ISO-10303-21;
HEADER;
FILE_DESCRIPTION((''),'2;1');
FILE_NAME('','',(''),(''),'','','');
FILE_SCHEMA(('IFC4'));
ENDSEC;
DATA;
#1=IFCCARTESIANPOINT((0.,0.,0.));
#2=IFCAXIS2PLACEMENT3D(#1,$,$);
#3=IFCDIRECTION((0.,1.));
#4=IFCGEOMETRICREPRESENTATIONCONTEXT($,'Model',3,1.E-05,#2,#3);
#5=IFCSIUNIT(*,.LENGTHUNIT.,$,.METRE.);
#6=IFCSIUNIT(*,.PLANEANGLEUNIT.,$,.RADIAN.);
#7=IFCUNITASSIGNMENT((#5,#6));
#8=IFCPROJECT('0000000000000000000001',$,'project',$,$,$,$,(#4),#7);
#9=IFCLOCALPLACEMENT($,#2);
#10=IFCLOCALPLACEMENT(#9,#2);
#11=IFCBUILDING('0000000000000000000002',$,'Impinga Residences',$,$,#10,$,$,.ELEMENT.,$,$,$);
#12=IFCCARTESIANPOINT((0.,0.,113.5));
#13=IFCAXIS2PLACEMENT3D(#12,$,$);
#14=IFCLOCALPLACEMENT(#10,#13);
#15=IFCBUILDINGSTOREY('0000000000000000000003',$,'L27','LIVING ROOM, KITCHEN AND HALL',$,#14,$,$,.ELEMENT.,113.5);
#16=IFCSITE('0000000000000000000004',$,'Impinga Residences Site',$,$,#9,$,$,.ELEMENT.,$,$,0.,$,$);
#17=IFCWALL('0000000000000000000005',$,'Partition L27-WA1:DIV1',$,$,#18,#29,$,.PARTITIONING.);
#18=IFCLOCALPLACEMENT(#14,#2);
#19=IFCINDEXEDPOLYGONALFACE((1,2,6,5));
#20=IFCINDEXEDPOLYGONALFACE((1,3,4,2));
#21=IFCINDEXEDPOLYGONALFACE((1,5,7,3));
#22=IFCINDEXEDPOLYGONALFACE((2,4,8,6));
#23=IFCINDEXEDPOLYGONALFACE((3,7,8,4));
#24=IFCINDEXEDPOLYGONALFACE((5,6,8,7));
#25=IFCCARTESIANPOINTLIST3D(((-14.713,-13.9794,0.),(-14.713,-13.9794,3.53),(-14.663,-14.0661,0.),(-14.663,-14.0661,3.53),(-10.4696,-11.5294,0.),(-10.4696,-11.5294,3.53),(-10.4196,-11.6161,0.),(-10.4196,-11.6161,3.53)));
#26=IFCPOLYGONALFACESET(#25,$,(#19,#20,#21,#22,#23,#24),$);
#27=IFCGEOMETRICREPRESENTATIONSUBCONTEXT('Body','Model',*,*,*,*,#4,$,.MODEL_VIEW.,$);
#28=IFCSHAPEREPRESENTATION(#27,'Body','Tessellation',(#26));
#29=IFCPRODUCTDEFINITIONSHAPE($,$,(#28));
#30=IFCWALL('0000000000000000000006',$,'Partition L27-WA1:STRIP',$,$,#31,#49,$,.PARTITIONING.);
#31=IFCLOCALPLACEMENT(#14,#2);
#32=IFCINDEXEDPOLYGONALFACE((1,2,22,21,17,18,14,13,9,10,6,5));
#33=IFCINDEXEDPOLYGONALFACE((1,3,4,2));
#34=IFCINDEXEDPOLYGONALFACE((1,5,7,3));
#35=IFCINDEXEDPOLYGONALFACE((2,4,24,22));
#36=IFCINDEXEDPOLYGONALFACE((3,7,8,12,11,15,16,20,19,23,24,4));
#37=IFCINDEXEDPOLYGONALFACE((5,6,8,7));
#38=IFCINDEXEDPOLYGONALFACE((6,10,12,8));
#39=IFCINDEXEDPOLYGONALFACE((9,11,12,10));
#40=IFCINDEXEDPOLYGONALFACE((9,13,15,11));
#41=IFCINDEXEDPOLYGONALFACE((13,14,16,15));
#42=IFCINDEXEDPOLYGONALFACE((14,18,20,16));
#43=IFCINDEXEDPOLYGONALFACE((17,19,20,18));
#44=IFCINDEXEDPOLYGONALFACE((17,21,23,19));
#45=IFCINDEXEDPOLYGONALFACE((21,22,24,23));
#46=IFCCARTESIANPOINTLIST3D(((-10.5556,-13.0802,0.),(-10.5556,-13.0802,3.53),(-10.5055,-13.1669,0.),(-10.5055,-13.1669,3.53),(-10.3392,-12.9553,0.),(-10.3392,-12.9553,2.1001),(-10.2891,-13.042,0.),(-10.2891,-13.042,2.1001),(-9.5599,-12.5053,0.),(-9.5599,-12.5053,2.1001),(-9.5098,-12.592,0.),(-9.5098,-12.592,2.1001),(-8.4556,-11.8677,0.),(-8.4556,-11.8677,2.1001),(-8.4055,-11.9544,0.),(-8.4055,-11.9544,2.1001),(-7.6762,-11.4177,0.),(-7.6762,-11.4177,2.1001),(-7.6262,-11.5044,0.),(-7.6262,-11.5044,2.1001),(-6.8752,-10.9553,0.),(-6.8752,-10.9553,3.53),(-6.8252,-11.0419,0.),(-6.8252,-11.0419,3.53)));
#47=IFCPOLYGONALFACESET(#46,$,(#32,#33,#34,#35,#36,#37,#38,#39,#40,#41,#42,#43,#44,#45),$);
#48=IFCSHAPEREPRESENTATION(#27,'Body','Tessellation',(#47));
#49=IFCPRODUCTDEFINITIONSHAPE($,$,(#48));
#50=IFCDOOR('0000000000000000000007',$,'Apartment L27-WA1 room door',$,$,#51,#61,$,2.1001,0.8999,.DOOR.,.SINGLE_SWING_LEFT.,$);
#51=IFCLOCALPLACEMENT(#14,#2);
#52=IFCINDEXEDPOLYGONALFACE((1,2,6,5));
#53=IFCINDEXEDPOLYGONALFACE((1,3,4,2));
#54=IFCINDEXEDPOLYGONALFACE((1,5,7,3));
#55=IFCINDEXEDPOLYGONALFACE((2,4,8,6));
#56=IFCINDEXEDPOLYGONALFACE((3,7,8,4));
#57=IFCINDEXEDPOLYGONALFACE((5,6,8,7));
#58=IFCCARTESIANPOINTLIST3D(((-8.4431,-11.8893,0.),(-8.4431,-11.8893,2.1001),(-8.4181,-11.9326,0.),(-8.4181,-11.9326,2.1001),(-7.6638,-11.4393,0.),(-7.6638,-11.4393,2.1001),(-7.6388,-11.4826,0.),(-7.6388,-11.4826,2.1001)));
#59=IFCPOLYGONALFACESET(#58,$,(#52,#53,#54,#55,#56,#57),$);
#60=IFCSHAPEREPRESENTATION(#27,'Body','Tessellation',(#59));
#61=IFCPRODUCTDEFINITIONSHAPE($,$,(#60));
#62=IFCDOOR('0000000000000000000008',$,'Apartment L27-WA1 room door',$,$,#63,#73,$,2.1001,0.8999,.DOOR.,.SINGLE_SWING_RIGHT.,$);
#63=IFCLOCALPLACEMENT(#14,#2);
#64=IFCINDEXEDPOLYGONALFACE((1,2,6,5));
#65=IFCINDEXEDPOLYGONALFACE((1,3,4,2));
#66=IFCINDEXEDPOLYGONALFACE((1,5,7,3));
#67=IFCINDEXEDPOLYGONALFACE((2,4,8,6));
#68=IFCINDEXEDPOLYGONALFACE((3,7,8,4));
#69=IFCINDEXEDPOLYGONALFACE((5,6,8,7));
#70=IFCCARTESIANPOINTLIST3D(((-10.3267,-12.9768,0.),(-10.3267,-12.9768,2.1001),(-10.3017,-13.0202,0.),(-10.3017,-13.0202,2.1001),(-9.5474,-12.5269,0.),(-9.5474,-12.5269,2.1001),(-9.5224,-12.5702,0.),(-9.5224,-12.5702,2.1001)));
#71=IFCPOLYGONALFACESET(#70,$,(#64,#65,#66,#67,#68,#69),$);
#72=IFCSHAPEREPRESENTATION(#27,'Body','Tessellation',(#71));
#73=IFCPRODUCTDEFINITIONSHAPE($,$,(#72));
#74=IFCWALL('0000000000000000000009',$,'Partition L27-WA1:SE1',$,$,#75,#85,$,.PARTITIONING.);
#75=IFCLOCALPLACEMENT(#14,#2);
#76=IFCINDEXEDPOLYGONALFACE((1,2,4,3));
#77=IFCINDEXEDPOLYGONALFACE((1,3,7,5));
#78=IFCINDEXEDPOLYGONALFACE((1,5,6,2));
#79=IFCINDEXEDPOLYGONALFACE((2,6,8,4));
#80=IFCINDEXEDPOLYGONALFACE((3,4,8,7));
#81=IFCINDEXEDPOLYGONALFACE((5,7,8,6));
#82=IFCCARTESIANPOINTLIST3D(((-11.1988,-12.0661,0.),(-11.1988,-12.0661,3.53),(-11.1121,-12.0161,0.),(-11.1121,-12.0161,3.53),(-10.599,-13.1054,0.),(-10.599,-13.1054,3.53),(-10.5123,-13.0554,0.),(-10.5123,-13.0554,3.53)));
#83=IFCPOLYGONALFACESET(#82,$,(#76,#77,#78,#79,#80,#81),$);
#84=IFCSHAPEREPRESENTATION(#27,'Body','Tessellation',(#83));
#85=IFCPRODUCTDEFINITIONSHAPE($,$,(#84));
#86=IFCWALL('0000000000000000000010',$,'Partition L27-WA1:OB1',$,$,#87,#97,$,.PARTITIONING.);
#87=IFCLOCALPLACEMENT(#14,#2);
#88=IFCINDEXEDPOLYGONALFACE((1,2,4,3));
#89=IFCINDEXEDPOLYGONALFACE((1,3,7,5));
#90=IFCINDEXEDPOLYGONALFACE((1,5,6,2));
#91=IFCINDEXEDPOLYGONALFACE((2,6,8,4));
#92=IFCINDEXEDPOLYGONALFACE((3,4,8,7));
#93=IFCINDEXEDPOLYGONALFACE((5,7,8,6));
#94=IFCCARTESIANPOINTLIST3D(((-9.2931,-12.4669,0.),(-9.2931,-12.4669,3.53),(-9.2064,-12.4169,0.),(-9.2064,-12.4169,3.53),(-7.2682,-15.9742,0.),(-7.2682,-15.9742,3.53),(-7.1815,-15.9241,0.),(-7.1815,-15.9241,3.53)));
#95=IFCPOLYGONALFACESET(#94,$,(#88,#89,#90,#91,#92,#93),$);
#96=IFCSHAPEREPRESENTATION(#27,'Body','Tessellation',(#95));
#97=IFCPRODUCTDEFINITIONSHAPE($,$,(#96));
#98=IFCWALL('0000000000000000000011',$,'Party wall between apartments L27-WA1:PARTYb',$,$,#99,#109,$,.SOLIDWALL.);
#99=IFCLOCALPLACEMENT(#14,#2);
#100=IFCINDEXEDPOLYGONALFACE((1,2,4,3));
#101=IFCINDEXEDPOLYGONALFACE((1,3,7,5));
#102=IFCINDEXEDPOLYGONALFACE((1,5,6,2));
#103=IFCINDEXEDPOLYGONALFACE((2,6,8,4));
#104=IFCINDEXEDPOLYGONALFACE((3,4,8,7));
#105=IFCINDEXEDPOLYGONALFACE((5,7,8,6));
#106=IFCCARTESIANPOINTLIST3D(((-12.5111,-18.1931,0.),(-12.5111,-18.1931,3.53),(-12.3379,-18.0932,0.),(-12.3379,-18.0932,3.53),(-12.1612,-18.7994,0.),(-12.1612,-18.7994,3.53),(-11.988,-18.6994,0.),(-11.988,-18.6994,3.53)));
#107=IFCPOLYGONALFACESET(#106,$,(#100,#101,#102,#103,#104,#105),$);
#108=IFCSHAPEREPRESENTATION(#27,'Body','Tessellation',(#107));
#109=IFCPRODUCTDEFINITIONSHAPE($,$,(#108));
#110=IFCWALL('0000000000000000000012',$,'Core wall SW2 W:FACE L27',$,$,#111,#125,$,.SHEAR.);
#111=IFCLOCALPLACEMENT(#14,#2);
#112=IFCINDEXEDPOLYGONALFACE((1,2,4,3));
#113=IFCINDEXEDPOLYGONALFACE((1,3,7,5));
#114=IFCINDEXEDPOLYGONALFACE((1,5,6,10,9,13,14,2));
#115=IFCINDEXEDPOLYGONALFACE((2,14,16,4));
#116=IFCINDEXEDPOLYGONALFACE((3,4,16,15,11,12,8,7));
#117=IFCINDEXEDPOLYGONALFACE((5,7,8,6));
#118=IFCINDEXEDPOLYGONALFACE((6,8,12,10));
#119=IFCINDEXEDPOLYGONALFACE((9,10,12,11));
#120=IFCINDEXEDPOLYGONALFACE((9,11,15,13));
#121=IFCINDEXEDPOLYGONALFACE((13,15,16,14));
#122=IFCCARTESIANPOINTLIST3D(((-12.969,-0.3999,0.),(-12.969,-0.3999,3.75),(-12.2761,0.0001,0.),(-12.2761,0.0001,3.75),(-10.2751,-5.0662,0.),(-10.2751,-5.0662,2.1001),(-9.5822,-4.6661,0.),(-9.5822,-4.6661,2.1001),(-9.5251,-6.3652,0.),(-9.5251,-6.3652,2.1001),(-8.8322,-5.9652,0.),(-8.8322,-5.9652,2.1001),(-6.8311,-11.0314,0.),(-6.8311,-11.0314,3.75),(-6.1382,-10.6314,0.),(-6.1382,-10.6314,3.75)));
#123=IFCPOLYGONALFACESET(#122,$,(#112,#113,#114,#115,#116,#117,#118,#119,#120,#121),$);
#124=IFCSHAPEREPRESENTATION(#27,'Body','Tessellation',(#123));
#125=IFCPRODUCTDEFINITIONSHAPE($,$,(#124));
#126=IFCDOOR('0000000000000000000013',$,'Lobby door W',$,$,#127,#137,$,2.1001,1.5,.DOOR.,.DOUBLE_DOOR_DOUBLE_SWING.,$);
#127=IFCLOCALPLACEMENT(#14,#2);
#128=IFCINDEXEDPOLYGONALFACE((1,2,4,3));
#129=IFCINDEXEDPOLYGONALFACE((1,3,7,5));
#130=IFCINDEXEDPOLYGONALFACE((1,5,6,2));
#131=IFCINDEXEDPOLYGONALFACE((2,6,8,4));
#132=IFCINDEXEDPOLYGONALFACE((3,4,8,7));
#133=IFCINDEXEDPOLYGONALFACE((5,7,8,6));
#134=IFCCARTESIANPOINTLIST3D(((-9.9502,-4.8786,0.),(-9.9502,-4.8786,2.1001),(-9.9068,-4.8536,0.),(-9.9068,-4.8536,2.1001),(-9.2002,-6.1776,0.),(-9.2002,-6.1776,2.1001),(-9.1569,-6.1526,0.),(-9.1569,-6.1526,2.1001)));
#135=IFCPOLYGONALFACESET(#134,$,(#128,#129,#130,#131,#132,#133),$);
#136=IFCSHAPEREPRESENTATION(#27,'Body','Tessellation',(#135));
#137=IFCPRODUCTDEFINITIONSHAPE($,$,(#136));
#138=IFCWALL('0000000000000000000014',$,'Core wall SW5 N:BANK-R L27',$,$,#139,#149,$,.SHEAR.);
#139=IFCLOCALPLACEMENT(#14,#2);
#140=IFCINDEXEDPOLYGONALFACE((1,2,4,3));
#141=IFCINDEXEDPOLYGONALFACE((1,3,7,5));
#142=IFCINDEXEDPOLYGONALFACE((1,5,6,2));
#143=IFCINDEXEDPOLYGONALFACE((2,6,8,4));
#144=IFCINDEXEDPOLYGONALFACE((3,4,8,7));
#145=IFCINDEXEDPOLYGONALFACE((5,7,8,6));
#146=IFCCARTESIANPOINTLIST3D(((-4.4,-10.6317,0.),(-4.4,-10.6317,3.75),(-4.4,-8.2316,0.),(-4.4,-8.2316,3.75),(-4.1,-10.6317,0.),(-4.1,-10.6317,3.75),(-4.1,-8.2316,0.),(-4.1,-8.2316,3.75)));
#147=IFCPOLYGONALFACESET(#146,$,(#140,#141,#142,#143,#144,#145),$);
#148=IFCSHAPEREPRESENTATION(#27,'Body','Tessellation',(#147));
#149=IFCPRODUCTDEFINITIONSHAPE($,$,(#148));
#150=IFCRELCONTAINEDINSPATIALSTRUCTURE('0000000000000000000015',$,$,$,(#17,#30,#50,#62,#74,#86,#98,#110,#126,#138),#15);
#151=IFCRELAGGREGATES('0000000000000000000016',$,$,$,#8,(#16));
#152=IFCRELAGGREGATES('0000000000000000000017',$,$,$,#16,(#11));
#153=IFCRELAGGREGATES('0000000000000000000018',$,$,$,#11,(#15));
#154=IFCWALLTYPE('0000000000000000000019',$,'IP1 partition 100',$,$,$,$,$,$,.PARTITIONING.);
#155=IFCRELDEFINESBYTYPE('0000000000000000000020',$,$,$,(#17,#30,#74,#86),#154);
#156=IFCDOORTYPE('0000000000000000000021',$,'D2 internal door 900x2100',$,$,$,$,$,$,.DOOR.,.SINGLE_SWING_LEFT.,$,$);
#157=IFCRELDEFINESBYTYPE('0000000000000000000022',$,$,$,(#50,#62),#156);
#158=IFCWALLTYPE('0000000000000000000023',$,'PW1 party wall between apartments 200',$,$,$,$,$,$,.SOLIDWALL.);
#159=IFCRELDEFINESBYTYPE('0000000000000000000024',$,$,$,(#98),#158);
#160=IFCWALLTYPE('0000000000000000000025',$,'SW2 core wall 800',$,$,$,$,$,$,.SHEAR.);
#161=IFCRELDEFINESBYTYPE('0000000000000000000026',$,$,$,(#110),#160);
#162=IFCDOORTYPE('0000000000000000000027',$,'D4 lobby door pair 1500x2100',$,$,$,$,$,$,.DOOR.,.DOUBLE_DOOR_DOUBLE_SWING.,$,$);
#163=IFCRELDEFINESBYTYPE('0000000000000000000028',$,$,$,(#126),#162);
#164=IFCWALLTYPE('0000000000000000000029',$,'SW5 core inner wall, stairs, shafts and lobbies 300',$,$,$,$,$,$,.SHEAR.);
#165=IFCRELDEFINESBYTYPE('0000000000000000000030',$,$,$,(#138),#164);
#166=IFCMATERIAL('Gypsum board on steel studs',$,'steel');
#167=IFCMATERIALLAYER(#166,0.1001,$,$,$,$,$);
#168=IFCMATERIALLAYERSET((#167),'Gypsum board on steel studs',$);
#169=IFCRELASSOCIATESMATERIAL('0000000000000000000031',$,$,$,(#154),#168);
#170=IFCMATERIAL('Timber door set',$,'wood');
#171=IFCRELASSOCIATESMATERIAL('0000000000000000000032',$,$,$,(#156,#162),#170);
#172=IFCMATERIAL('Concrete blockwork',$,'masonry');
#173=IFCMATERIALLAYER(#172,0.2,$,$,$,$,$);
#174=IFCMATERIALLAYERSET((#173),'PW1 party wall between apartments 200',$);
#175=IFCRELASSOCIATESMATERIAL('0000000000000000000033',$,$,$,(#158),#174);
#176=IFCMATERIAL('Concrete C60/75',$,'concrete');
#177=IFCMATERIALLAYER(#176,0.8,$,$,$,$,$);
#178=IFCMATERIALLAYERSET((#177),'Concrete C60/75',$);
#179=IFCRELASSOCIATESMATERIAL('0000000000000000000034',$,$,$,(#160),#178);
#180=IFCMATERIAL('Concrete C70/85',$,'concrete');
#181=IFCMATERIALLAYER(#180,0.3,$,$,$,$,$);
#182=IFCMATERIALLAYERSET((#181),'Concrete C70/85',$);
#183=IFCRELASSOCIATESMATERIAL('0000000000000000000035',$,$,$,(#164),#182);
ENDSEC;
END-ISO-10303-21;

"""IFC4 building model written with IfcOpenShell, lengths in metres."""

from ifc_helpers import new_model, si_unit, direction, frame, frame_2d, origin, place, context, subcontext, project, spatial, rectangle, extrude, material, layer, layer_set, type_object, element, fill, save


model = new_model("IFC4")

# Units and contexts
model_context = context("Model", 3, precision=1e-05, world=origin(), true_north=direction((0.0, 1.0)))
body_context = subcontext(model_context, "Body", "Model", "MODEL_VIEW")
ifc_project = project(units=[si_unit("LENGTHUNIT", "METRE"), si_unit("PLANEANGLEUNIT", "RADIAN")], contexts=[model_context])

# Site, building, storey
site_placement = place(None, origin())
site = spatial("IfcSite", under=ifc_project, at=site_placement, Name="Impinga Residences Site", CompositionType="ELEMENT", RefElevation=0.0)
building_placement = place(site_placement, origin())
building = spatial("IfcBuilding", under=site, at=building_placement, Name="Impinga Residences", CompositionType="ELEMENT")
storey_placement = place(building_placement, frame((0.0, 0.0, 113.5)))
storey = spatial("IfcBuildingStorey", under=building, at=storey_placement, Name="L27", Description="LIVING ROOM, KITCHEN AND HALL", CompositionType="ELEMENT", Elevation=113.5)

# Shared definitions
ifc_material_1 = material(Name="Concrete C60/75", Category="concrete")

# Wall
ifc_material_2 = material(Name="Gypsum board on steel studs", Category="steel")
ifc_layer_1 = layer(ifc_material_2, 0.1001)
ifc_layer_set_1 = layer_set([ifc_layer_1], Name="Gypsum board on steel studs")
wall_type_1 = type_object("IfcWallType", Name="IP1 partition 100", PredefinedType="PARTITIONING", material=ifc_layer_set_1)
wall_1_placement = place(storey_placement, frame((-10.4446, -11.5728, 0.0), z_axis=(0.0, 0.0, 1.0), x_axis=(-0.866024, -0.500003, 0.0)))
element("IfcWall", 1, at=wall_1_placement, inside=storey, type_object=wall_type_1, Name="Partition L27-WA1:DIV1", PredefinedType="PARTITIONING", context=body_context, shape_type="SweptSolid", body=[
    extrude(rectangle(XDim=4.8999, YDim=0.1001, at=frame_2d((2.45, 0.0))), origin(), (0.0, 0.0, 1.0), 3.53),
])

# Wall, openings, doors
wall_2_placement = place(storey_placement, frame((-6.8501, -10.9985, 0.0), z_axis=(0.0, 0.0, 1.0), x_axis=(-0.866014, -0.500019, 0.0)))
wall_2 = element("IfcWall", 2, at=wall_2_placement, inside=storey, type_object=wall_type_1, Name="Partition L27-WA1:STRIP", PredefinedType="PARTITIONING", context=body_context, shape_type="SweptSolid", body=[
    extrude(rectangle(XDim=4.2498, YDim=0.1001, at=frame_2d((2.125, 0.0))), origin(), (0.0, 0.0, 1.0), 3.53),
])
opening_1_placement = place(wall_2_placement, frame((0.925, 0.0, 0.0)))
opening_1 = element("IfcOpeningElement", 3, at=opening_1_placement, cuts=wall_2, PredefinedType="OPENING", context=body_context, shape_type="SweptSolid", body=[
    extrude(rectangle(XDim=0.8999, YDim=2.1001, at=frame_2d((0.45, 1.05))), frame((0.0, 0.0601, 0.0), z_axis=(0.0, -1.0, 0.0), x_axis=(1.0, 0.0, 0.0)), (0.0, 0.0, 1.0), 0.1201),
])
opening_2_placement = place(wall_2_placement, frame((3.1001, 0.0, 0.0)))
opening_2 = element("IfcOpeningElement", 4, at=opening_2_placement, cuts=wall_2, PredefinedType="OPENING", context=body_context, shape_type="SweptSolid", body=[
    extrude(rectangle(XDim=0.8999, YDim=2.1001, at=frame_2d((0.45, 1.05))), frame((0.0, 0.0601, 0.0), z_axis=(0.0, -1.0, 0.0), x_axis=(1.0, 0.0, 0.0)), (0.0, 0.0, 1.0), 0.1201),
])
ifc_material_3 = material(Name="Timber door set", Category="wood")
door_type_1 = type_object("IfcDoorType", Name="D2 internal door 900x2100", OperationType="SINGLE_SWING_LEFT", PredefinedType="DOOR", material=ifc_material_3)
door_1_placement = place(opening_1_placement, origin())
door_1 = element("IfcDoor", 5, at=door_1_placement, inside=storey, type_object=door_type_1, Name="Apartment L27-WA1 room door", OperationType="SINGLE_SWING_LEFT", OverallHeight=2.1001, OverallWidth=0.8999, PredefinedType="DOOR", context=body_context, shape_type="SweptSolid", body=[
    extrude(rectangle(XDim=0.8999, YDim=2.1001, at=frame_2d((0.45, 1.05))), frame((0.0, 0.0249, 0.0), z_axis=(0.0, -1.0, 0.0), x_axis=(1.0, 0.0, 0.0)), (0.0, 0.0, 1.0), 0.05),
])
fill(opening_1, door_1)
door_2_placement = place(opening_2_placement, origin())
door_2 = element("IfcDoor", 6, at=door_2_placement, inside=storey, type_object=door_type_1, Name="Apartment L27-WA1 room door", OperationType="SINGLE_SWING_RIGHT", OverallHeight=2.1001, OverallWidth=0.8999, PredefinedType="DOOR", context=body_context, shape_type="SweptSolid", body=[
    extrude(rectangle(XDim=0.8999, YDim=2.1001, at=frame_2d((0.45, 1.05))), frame((0.0, 0.0249, 0.0), z_axis=(0.0, -1.0, 0.0), x_axis=(1.0, 0.0, 0.0)), (0.0, 0.0, 1.0), 0.05),
])
fill(opening_2, door_2)

# Walls
wall_3_placement = place(storey_placement, frame((-11.1555, -12.041, 0.0), z_axis=(0.0, 0.0, 1.0), x_axis=(0.499881, -0.866094, 0.0)))
element("IfcWall", 7, at=wall_3_placement, inside=storey, type_object=wall_type_1, Name="Partition L27-WA1:SE1", PredefinedType="PARTITIONING", context=body_context, shape_type="SweptSolid", body=[
    extrude(rectangle(XDim=1.2, YDim=0.1001, at=frame_2d((0.6001, 0.0))), origin(), (0.0, 0.0, 1.0), 3.53),
])
wall_4_placement = place(storey_placement, frame((-9.2498, -12.4419, 0.0), z_axis=(0.0, 0.0, 1.0), x_axis=(0.49999, -0.866031, 0.0)))
element("IfcWall", 8, at=wall_4_placement, inside=storey, type_object=wall_type_1, Name="Partition L27-WA1:OB1", PredefinedType="PARTITIONING", context=body_context, shape_type="SweptSolid", body=[
    extrude(rectangle(XDim=4.0498, YDim=0.1001, at=frame_2d((2.0249, 0.0))), origin(), (0.0, 0.0, 1.0), 3.53),
])
ifc_material_4 = material(Name="Concrete blockwork", Category="masonry")
ifc_layer_2 = layer(ifc_material_4, 0.2)
ifc_layer_set_2 = layer_set([ifc_layer_2], Name="PW1 party wall between apartments 200")
wall_type_2 = type_object("IfcWallType", Name="PW1 party wall between apartments 200", PredefinedType="SOLIDWALL", material=ifc_layer_set_2)
wall_5_placement = place(storey_placement, frame((-12.4246, -18.1431, 0.0), z_axis=(0.0, 0.0, 1.0), x_axis=(0.499853, -0.86611, 0.0)))
element("IfcWall", 9, at=wall_5_placement, inside=storey, type_object=wall_type_2, Name="Party wall between apartments L27-WA1:PARTYb", PredefinedType="SOLIDWALL", context=body_context, shape_type="SweptSolid", body=[
    extrude(rectangle(XDim=0.7, YDim=0.2, at=frame_2d((0.3501, 0.0))), origin(), (0.0, 0.0, 1.0), 3.53),
])

# Wall, opening, door
ifc_layer_3 = layer(ifc_material_1, 0.8)
ifc_layer_set_3 = layer_set([ifc_layer_3], Name="Concrete C60/75")
wall_type_3 = type_object("IfcWallType", Name="SW2 core wall 800", PredefinedType="SHEAR", material=ifc_layer_set_3)
wall_6_placement = place(storey_placement, frame((-6.4846, -10.8315, 0.0), z_axis=(0.0, 0.0, 1.0), x_axis=(-0.499987, 0.866033, 0.0)))
wall_6 = element("IfcWall", 10, at=wall_6_placement, inside=storey, type_object=wall_type_3, Name="Core wall SW2 W:FACE L27", PredefinedType="SHEAR", context=body_context, shape_type="SweptSolid", body=[
    extrude(rectangle(XDim=12.2761, YDim=0.8, at=frame_2d((6.1382, 0.0))), origin(), (0.0, 0.0, 1.0), 3.75),
])
opening_3_placement = place(wall_6_placement, frame((5.3882, 0.0, 0.0)))
opening_3 = element("IfcOpeningElement", 11, at=opening_3_placement, cuts=wall_6, PredefinedType="OPENING", context=body_context, shape_type="SweptSolid", body=[
    extrude(rectangle(XDim=1.5, YDim=2.1001, at=frame_2d((0.75, 1.05))), frame((0.0, 0.4099, 0.0), z_axis=(0.0, -1.0, 0.0), x_axis=(1.0, 0.0, 0.0)), (0.0, 0.0, 1.0), 0.8201),
])
door_type_2 = type_object("IfcDoorType", Name="D4 lobby door pair 1500x2100", OperationType="DOUBLE_DOOR_DOUBLE_SWING", PredefinedType="DOOR", material=ifc_material_3)
door_3_placement = place(opening_3_placement, origin())
door_3 = element("IfcDoor", 12, at=door_3_placement, inside=storey, type_object=door_type_2, Name="Lobby door W", OperationType="DOUBLE_DOOR_DOUBLE_SWING", OverallHeight=2.1001, OverallWidth=1.5, PredefinedType="DOOR", context=body_context, shape_type="SweptSolid", body=[
    extrude(rectangle(XDim=1.5, YDim=2.1001, at=frame_2d((0.75, 1.05))), frame((0.0, 0.0249, 0.0), z_axis=(0.0, -1.0, 0.0), x_axis=(1.0, 0.0, 0.0)), (0.0, 0.0, 1.0), 0.05),
])
fill(opening_3, door_3)

# Wall
ifc_material_5 = material(Name="Concrete C70/85", Category="concrete")
ifc_layer_4 = layer(ifc_material_5, 0.3)
ifc_layer_set_4 = layer_set([ifc_layer_4], Name="Concrete C70/85")
wall_type_4 = type_object("IfcWallType", Name="SW5 core inner wall, stairs, shafts and lobbies 300", PredefinedType="SHEAR", material=ifc_layer_set_4)
wall_7_placement = place(storey_placement, frame((-4.25, -8.2314, 0.0), z_axis=(0.0, 0.0, 1.0), x_axis=(0.0, -1.0, 0.0)))
element("IfcWall", 13, at=wall_7_placement, inside=storey, type_object=wall_type_4, Name="Core wall SW5 N:BANK-R L27", PredefinedType="SHEAR", context=body_context, shape_type="SweptSolid", body=[
    extrude(rectangle(XDim=2.4001, YDim=0.3, at=frame_2d((1.2002, 0.0))), origin(), (0.0, 0.0, 1.0), 3.75),
])

save(model, "model.ifc")
